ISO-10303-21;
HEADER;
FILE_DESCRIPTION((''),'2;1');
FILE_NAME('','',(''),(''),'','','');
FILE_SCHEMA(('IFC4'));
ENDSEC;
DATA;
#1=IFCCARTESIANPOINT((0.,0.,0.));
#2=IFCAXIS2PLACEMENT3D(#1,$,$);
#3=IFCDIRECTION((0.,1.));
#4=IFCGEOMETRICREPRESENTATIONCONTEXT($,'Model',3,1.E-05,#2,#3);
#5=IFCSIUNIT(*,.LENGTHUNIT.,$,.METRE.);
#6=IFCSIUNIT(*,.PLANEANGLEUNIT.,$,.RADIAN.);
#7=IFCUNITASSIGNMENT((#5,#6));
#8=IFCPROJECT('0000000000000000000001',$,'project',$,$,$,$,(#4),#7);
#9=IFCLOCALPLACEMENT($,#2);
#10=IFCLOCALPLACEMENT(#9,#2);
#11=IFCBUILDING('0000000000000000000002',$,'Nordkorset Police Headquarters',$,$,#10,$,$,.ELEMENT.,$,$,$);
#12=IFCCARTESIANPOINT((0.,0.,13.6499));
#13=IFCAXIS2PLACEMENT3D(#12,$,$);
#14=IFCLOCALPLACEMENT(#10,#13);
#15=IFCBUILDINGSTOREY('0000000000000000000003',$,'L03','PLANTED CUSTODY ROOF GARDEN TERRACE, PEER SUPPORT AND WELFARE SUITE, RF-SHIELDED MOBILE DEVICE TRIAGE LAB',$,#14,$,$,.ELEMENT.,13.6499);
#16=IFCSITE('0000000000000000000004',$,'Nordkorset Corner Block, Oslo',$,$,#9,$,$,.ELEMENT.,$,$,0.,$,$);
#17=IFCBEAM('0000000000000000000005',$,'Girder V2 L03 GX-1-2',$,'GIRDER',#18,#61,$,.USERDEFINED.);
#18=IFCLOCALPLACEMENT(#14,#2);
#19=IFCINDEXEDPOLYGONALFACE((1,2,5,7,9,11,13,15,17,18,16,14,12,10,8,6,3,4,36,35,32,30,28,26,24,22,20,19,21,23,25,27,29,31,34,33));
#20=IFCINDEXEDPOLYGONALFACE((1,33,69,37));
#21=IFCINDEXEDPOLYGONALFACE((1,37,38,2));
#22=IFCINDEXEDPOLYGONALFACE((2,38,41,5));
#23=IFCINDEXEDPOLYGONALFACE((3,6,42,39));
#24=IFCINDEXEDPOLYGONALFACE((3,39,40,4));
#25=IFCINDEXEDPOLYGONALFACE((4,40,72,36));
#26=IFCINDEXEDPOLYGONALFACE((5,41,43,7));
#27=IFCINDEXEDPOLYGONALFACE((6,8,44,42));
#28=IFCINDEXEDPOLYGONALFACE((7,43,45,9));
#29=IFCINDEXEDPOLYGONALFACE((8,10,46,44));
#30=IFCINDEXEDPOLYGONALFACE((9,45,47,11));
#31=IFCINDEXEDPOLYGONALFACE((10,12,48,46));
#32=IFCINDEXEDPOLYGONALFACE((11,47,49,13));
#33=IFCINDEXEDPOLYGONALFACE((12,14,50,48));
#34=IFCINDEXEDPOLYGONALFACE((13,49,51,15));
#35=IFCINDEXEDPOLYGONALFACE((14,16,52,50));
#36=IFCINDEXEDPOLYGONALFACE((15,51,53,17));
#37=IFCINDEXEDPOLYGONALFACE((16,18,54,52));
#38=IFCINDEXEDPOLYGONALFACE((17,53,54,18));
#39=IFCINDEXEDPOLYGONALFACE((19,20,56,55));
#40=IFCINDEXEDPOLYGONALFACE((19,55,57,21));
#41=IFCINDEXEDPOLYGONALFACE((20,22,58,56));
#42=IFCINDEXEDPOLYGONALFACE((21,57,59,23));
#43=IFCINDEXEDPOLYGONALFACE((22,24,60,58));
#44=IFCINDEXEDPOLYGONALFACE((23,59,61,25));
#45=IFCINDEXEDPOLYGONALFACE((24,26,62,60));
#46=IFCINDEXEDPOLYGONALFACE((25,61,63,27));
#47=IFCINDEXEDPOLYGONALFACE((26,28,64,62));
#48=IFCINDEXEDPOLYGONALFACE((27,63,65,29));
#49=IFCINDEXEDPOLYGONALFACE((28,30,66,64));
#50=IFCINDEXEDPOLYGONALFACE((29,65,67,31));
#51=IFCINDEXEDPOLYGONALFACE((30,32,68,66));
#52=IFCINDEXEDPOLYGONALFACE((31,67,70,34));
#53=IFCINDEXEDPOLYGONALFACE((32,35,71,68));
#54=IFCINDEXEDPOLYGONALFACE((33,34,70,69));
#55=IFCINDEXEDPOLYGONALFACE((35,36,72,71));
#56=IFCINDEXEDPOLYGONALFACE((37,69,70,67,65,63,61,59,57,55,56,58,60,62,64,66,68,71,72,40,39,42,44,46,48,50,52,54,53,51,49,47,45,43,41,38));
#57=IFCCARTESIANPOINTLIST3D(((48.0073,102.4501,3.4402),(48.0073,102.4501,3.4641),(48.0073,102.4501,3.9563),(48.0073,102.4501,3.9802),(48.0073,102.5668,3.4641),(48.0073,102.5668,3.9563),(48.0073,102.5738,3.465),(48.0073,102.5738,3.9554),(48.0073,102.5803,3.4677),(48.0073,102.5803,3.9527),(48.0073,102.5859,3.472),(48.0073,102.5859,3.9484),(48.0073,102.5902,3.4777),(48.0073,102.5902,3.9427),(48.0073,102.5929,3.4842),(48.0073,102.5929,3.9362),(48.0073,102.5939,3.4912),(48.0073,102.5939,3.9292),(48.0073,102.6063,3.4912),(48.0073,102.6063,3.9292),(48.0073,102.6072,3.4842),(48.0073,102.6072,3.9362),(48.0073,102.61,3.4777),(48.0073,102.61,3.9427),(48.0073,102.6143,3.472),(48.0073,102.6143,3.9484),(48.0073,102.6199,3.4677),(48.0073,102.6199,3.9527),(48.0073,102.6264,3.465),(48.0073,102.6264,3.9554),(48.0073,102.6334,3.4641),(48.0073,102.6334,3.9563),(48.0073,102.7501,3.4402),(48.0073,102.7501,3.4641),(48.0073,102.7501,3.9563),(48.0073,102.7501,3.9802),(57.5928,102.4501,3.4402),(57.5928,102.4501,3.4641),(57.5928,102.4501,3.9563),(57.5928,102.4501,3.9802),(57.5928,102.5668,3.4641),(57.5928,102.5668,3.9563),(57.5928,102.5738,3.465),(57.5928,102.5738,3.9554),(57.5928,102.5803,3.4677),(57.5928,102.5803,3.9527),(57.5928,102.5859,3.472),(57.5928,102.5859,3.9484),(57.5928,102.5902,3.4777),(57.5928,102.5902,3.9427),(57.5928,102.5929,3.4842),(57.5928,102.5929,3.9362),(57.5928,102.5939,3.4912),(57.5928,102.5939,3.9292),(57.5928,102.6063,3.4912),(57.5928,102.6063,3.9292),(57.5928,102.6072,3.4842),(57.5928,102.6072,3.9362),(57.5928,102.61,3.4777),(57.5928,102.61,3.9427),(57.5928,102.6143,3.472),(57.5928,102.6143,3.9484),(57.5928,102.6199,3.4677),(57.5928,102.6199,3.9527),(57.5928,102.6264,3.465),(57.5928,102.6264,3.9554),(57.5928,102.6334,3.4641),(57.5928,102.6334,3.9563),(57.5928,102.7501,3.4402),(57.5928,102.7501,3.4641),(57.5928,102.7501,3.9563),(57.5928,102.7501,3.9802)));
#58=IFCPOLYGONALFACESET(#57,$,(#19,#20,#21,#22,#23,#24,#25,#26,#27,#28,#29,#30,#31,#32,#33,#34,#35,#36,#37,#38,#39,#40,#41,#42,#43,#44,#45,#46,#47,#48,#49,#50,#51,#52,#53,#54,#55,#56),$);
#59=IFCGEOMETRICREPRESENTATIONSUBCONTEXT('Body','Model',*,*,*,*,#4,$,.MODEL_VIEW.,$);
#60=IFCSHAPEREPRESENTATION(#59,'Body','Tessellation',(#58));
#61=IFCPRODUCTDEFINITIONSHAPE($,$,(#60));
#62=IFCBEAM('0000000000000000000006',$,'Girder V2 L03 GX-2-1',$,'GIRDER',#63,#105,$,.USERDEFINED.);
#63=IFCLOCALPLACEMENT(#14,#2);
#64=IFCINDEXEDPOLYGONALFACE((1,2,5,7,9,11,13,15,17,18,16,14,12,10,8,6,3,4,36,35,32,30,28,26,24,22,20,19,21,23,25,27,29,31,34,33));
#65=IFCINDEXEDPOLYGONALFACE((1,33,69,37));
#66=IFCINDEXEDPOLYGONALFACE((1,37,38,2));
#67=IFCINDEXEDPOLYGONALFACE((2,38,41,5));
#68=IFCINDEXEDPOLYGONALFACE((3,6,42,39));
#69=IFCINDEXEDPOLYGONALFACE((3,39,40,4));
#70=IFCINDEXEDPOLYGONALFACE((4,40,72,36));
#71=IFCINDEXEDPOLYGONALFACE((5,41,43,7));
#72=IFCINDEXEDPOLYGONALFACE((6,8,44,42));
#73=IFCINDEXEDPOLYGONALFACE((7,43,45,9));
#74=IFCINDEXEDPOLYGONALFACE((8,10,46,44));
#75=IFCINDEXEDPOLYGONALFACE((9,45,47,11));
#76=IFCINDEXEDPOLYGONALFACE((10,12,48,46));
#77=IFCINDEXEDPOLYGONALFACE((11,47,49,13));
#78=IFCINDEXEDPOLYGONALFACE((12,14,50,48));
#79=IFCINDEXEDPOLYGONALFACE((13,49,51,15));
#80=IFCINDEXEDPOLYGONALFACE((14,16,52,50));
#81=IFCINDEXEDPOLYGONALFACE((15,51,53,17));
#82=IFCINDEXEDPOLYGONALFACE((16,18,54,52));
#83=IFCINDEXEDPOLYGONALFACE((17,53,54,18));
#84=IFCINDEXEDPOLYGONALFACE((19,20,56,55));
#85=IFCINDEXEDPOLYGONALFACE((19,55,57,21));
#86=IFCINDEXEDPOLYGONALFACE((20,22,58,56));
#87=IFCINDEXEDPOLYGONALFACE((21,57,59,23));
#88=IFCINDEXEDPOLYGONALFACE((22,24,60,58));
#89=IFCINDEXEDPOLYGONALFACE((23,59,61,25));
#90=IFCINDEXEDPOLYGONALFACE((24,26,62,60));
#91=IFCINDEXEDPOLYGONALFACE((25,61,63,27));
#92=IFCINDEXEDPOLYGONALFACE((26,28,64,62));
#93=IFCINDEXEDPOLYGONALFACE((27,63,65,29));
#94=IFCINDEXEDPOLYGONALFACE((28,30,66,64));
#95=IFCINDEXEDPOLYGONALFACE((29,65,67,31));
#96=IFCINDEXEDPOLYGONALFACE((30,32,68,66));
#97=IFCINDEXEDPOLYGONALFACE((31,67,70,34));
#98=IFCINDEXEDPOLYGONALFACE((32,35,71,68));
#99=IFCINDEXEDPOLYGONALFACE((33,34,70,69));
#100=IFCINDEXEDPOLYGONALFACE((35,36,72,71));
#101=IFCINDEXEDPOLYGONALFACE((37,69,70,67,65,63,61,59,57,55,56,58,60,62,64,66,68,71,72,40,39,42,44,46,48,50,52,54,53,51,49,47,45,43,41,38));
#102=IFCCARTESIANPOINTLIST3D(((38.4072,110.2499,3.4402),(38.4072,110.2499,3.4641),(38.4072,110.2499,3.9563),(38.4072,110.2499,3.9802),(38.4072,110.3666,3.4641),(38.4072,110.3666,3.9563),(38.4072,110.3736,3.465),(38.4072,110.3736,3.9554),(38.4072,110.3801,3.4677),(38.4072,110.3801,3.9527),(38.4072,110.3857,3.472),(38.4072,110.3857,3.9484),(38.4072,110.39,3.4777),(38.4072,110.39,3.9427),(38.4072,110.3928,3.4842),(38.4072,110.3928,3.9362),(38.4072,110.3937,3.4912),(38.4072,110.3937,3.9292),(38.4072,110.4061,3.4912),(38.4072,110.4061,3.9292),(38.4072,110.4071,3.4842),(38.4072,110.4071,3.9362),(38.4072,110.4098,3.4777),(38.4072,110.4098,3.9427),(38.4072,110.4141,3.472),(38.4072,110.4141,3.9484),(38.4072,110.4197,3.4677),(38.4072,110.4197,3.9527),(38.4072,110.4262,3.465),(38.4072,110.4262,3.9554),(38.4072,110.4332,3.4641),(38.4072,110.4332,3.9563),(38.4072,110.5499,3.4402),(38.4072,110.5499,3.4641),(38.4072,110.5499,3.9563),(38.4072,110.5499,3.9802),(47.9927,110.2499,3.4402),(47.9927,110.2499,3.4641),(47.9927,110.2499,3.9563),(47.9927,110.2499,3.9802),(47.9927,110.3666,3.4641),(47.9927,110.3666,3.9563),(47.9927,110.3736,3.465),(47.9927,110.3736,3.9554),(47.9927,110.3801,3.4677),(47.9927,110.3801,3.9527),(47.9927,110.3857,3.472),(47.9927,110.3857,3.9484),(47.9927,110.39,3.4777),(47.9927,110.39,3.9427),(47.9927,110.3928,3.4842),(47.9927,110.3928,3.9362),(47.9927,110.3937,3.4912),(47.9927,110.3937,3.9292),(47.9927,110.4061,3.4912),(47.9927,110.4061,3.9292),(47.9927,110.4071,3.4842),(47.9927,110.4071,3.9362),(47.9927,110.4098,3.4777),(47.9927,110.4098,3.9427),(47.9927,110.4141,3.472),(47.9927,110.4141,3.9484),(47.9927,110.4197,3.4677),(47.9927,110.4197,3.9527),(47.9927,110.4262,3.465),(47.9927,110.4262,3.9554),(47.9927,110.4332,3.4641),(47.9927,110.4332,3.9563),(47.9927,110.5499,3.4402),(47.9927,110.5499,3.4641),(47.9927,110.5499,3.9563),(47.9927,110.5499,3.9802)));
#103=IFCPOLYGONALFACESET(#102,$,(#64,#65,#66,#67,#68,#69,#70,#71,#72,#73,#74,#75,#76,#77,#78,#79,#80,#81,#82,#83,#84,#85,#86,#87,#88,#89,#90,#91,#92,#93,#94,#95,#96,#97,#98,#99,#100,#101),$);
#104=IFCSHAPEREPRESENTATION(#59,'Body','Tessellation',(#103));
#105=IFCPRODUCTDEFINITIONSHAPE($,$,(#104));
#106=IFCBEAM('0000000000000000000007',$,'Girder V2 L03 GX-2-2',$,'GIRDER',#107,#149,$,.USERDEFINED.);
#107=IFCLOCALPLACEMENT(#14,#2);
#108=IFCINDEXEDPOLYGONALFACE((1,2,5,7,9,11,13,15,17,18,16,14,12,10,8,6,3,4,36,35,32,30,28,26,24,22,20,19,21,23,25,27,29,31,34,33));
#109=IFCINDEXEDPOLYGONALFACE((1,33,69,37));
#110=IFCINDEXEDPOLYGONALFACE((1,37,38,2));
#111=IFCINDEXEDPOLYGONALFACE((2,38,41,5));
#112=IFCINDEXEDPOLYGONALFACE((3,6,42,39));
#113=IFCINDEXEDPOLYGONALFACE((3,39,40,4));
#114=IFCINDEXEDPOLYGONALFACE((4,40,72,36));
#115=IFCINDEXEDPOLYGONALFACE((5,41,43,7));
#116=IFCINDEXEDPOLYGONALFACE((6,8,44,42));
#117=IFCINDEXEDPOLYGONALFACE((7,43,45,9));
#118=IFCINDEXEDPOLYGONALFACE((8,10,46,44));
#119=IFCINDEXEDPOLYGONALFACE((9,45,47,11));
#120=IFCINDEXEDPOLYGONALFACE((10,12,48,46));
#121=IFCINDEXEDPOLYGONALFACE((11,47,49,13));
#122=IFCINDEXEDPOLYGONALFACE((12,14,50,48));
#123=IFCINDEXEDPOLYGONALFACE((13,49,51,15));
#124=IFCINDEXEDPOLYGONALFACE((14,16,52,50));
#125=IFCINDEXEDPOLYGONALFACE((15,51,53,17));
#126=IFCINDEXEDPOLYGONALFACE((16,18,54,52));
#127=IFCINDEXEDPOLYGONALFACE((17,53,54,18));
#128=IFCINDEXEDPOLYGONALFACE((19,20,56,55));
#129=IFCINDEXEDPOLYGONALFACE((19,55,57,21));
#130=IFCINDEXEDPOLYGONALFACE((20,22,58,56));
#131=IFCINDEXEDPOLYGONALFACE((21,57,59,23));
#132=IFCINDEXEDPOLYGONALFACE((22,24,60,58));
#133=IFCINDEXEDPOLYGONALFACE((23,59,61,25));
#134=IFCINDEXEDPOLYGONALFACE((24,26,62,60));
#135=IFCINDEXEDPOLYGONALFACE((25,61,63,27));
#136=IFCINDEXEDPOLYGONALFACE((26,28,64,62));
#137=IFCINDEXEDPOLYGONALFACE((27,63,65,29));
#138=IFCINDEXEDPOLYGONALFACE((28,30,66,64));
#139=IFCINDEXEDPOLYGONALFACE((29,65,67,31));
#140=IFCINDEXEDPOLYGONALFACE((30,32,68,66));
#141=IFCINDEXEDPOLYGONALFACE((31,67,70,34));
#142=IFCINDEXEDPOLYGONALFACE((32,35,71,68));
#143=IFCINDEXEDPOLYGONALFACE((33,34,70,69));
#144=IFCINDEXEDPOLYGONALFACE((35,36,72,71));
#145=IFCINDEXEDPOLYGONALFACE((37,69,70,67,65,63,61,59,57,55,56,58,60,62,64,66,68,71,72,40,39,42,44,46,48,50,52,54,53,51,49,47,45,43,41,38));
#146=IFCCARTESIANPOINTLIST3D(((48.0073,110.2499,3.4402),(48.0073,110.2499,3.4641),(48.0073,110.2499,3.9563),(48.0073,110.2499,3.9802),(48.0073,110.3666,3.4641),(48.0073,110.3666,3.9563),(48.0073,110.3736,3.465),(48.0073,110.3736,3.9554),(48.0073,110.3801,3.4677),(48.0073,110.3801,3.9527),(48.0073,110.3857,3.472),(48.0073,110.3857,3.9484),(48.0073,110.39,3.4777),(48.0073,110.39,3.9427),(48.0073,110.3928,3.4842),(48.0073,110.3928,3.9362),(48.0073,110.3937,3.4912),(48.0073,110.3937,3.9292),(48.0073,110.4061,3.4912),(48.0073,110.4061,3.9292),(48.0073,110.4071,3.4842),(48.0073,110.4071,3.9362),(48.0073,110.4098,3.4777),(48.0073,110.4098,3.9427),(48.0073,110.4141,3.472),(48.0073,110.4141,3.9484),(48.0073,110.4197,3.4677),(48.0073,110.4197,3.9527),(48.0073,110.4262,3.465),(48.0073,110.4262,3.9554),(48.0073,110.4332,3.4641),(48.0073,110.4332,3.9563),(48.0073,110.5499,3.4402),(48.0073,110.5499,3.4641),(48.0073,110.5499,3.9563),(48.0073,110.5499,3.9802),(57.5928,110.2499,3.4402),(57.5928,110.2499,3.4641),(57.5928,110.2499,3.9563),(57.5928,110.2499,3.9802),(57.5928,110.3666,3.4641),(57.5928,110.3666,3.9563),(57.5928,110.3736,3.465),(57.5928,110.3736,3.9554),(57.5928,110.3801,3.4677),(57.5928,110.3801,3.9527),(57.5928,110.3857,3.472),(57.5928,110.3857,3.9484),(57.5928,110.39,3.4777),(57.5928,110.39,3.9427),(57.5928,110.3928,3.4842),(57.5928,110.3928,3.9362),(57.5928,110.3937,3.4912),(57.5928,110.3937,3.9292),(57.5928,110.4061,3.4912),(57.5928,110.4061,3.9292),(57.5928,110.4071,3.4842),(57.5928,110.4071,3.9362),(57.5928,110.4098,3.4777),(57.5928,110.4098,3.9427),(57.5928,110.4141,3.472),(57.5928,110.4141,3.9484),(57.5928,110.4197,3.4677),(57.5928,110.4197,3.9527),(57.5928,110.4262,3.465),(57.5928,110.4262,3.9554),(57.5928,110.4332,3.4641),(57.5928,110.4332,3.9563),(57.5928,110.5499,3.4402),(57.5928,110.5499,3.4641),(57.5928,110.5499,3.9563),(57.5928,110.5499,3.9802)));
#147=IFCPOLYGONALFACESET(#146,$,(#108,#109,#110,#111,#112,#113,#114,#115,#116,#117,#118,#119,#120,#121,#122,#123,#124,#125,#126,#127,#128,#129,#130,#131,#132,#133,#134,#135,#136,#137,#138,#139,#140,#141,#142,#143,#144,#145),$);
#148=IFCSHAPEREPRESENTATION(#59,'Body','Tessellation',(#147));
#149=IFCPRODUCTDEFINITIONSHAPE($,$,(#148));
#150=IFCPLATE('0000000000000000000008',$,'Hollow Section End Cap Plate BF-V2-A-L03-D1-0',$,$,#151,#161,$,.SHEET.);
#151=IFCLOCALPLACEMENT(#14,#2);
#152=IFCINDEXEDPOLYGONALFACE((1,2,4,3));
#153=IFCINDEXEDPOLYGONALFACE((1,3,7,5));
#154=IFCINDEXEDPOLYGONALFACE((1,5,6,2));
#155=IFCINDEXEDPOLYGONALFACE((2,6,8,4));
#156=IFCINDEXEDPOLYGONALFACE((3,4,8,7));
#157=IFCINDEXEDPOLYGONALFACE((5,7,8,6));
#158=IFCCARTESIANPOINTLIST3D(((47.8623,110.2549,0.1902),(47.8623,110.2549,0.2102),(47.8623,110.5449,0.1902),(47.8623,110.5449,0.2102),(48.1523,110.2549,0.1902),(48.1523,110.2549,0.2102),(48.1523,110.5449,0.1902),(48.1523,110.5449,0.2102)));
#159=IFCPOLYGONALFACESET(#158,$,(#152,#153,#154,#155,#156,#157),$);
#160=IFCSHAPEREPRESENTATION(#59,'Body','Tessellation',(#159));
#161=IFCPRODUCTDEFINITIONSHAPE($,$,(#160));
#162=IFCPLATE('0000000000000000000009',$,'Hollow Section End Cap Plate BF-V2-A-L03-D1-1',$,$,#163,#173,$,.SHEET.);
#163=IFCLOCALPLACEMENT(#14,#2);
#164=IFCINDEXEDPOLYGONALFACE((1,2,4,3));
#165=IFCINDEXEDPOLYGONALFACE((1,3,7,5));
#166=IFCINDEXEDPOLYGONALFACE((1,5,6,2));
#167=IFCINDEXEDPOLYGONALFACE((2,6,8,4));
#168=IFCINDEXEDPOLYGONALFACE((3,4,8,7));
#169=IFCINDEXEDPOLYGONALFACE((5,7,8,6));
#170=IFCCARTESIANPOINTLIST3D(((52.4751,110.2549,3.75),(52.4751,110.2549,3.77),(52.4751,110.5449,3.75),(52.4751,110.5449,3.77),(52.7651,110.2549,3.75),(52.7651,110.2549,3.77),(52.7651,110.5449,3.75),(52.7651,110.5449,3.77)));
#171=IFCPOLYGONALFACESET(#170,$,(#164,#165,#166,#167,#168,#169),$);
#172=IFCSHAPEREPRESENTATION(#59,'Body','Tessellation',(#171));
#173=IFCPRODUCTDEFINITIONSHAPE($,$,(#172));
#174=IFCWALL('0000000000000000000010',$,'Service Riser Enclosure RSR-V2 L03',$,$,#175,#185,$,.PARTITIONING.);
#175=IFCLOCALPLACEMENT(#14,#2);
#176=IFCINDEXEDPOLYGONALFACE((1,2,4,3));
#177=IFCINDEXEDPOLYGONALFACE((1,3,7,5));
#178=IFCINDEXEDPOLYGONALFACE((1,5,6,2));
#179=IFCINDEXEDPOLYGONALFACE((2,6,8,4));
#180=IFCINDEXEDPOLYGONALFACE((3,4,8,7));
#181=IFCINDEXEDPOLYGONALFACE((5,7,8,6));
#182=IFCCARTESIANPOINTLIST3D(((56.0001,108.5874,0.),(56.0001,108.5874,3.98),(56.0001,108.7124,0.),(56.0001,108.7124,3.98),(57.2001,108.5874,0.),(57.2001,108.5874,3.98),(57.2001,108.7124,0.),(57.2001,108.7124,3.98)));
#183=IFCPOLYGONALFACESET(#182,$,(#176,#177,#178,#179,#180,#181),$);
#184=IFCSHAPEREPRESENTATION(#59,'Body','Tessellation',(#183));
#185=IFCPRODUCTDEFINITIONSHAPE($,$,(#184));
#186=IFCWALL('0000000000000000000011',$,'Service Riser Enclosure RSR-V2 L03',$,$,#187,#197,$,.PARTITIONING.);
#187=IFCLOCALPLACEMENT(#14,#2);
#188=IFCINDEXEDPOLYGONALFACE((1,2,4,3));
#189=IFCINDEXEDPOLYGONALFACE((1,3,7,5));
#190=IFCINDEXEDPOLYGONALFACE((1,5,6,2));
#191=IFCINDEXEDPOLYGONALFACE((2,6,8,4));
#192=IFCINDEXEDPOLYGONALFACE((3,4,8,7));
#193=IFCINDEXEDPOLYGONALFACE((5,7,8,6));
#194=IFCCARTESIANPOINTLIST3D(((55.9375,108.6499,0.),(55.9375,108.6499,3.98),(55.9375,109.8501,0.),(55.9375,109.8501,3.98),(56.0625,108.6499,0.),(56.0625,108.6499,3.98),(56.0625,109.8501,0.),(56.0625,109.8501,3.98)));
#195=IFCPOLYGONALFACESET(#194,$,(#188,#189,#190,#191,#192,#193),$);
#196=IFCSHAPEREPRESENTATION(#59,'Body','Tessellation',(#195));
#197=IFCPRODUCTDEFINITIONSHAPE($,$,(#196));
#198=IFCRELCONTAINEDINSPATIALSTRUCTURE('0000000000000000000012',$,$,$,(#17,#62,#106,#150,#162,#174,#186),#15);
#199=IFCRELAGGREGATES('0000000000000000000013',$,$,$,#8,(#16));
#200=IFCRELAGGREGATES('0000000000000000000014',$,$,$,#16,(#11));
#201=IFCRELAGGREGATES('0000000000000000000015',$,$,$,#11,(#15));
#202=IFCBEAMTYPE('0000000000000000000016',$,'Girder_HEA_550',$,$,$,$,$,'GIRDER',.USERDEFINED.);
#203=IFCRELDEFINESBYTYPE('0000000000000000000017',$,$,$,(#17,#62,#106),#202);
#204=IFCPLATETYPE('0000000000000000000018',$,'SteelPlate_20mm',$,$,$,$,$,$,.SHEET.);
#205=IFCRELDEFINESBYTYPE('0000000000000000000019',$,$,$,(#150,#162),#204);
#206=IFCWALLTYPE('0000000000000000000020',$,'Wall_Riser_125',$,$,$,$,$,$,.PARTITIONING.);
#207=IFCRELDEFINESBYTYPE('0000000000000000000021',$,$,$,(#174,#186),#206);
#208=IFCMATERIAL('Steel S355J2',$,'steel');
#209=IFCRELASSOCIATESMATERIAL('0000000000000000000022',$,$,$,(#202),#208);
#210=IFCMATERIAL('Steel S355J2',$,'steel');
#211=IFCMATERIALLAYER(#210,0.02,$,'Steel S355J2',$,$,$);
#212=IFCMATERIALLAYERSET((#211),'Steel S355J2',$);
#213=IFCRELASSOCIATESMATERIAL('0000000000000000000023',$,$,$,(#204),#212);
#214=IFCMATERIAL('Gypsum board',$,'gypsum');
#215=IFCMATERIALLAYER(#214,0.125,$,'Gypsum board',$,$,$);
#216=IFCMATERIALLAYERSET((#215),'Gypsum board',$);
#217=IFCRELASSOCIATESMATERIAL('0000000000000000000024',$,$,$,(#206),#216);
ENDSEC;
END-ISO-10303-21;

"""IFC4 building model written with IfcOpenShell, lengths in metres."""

from ifc_helpers import new_model, si_unit, direction, frame, frame_2d, origin, origin_2d, place, context, subcontext, project, spatial, rectangle, i_section, extrude, material, layer, layer_set, material_profile, profile_set, type_object, element, save


model = new_model("IFC4")

# Units and contexts
model_context = context("Model", 3, precision=1e-05, world=origin(), true_north=direction((0.0, 1.0)))
body_context = subcontext(model_context, "Body", "Model", "MODEL_VIEW")
ifc_project = project(units=[si_unit("LENGTHUNIT", "METRE"), si_unit("PLANEANGLEUNIT", "RADIAN")], contexts=[model_context])

# Site, building, storey
site_placement = place(None, origin())
site = spatial("IfcSite", under=ifc_project, at=site_placement, Name="Nordkorset Corner Block, Oslo", CompositionType="ELEMENT", RefElevation=0.0)
building_placement = place(site_placement, origin())
building = spatial("IfcBuilding", under=site, at=building_placement, Name="Nordkorset Police Headquarters", CompositionType="ELEMENT")
storey_placement = place(building_placement, frame((0.0, 0.0, 13.6499)))
storey = spatial("IfcBuildingStorey", under=building, at=storey_placement, Name="L03", Description="PLANTED CUSTODY ROOF GARDEN TERRACE, PEER SUPPORT AND WELFARE SUITE, RF-SHIELDED MOBILE DEVICE TRIAGE LAB", CompositionType="ELEMENT", Elevation=13.6499)

# Beams
ifc_material_1 = material(Name="Steel S355J2", Category="steel")
ifc_material_profile_1 = material_profile(ifc_material_1, i_section(OverallWidth=0.3, OverallDepth=0.54, WebThickness=0.0125, FlangeThickness=0.0239, FilletRadius=0.0271, at=origin_2d()), Name="HEA 550")
ifc_profile_set_1 = profile_set([ifc_material_profile_1], Name="Steel S355J2")
beam_type_1 = type_object("IfcBeamType", Name="Girder_HEA_550", ElementType="GIRDER", PredefinedType="USERDEFINED", material=ifc_profile_set_1)
for number, where, z_axis, x_axis, name in (
    (1, (48.0073, 102.6001, 3.7102), (1.0, 0.0, 0.0), (0.0, 1.0, 0.0), "Girder V2 L03 GX-1-2"),
    (2, (38.4072, 110.3999, 3.7102), (1.0, 0.0, 0.0), (0.0, 1.0, 0.0), "Girder V2 L03 GX-2-1"),
    (3, (48.0073, 110.3999, 3.7102), (1.0, 0.0, 0.0), (0.0, 1.0, 0.0), "Girder V2 L03 GX-2-2"),
):
    element("IfcBeam", number, at=place(storey_placement, frame(where, z_axis=z_axis, x_axis=x_axis)), inside=storey, type_object=beam_type_1, Name=name, ObjectType="GIRDER", PredefinedType="USERDEFINED", context=body_context, shape_type="SweptSolid", body=[
        extrude(i_section(OverallWidth=0.3, OverallDepth=0.54, WebThickness=0.0125, FlangeThickness=0.0239, FilletRadius=0.0271, at=origin_2d()), origin(), (0.0, 0.0, 1.0), 9.5854),
    ])

# Plates
ifc_material_2 = material(Name="Steel S355J2", Category="steel")
ifc_layer_1 = layer(ifc_material_2, 0.02, Name="Steel S355J2")
ifc_layer_set_1 = layer_set([ifc_layer_1], Name="Steel S355J2")
plate_type = type_object("IfcPlateType", Name="SteelPlate_20mm", PredefinedType="SHEET", material=ifc_layer_set_1)
for number, where, z_axis, x_axis, name in (
    (4, (48.0073, 110.3999, 0.1902), (0.0, 0.0, 1.0), (1.0, 0.0, 0.0), "Hollow Section End Cap Plate BF-V2-A-L03-D1-0"),
    (5, (52.6201, 110.3999, 3.75), (0.0, 0.0, 1.0), (1.0, 0.0, 0.0), "Hollow Section End Cap Plate BF-V2-A-L03-D1-1"),
):
    element("IfcPlate", number, at=place(storey_placement, frame(where, z_axis=z_axis, x_axis=x_axis)), inside=storey, type_object=plate_type, Name=name, PredefinedType="SHEET", context=body_context, shape_type="SweptSolid", body=[
        extrude(rectangle(XDim=0.29, YDim=0.29, at=origin_2d()), origin(), (0.0, 0.0, 1.0), 0.02),
    ])

# Walls
ifc_material_3 = material(Name="Gypsum board", Category="gypsum")
ifc_layer_2 = layer(ifc_material_3, 0.125, Name="Gypsum board")
ifc_layer_set_2 = layer_set([ifc_layer_2], Name="Gypsum board")
wall_type = type_object("IfcWallType", Name="Wall_Riser_125", PredefinedType="PARTITIONING", material=ifc_layer_set_2)
wall_1_placement = place(storey_placement, frame((56.0, 108.6499, 0.0), z_axis=(0.0, 0.0, 1.0), x_axis=(1.0, 0.0, 0.0)))
element("IfcWall", 6, at=wall_1_placement, inside=storey, type_object=wall_type, Name="Service Riser Enclosure RSR-V2 L03", PredefinedType="PARTITIONING", context=body_context, shape_type="SweptSolid", body=[
    extrude(rectangle(XDim=1.2, YDim=0.125, at=frame_2d((0.6001, 0.0))), origin(), (0.0, 0.0, 1.0), 3.98),
])
wall_2_placement = place(storey_placement, frame((56.0, 109.8501, 0.0), z_axis=(0.0, 0.0, 1.0), x_axis=(0.0, -1.0, 0.0)))
element("IfcWall", 7, at=wall_2_placement, inside=storey, type_object=wall_type, Name="Service Riser Enclosure RSR-V2 L03", PredefinedType="PARTITIONING", context=body_context, shape_type="SweptSolid", body=[
    extrude(rectangle(XDim=1.2002, YDim=0.125, at=frame_2d((0.6001, 0.0))), origin(), (0.0, 0.0, 1.0), 3.98),
])

save(model, "model.ifc")
